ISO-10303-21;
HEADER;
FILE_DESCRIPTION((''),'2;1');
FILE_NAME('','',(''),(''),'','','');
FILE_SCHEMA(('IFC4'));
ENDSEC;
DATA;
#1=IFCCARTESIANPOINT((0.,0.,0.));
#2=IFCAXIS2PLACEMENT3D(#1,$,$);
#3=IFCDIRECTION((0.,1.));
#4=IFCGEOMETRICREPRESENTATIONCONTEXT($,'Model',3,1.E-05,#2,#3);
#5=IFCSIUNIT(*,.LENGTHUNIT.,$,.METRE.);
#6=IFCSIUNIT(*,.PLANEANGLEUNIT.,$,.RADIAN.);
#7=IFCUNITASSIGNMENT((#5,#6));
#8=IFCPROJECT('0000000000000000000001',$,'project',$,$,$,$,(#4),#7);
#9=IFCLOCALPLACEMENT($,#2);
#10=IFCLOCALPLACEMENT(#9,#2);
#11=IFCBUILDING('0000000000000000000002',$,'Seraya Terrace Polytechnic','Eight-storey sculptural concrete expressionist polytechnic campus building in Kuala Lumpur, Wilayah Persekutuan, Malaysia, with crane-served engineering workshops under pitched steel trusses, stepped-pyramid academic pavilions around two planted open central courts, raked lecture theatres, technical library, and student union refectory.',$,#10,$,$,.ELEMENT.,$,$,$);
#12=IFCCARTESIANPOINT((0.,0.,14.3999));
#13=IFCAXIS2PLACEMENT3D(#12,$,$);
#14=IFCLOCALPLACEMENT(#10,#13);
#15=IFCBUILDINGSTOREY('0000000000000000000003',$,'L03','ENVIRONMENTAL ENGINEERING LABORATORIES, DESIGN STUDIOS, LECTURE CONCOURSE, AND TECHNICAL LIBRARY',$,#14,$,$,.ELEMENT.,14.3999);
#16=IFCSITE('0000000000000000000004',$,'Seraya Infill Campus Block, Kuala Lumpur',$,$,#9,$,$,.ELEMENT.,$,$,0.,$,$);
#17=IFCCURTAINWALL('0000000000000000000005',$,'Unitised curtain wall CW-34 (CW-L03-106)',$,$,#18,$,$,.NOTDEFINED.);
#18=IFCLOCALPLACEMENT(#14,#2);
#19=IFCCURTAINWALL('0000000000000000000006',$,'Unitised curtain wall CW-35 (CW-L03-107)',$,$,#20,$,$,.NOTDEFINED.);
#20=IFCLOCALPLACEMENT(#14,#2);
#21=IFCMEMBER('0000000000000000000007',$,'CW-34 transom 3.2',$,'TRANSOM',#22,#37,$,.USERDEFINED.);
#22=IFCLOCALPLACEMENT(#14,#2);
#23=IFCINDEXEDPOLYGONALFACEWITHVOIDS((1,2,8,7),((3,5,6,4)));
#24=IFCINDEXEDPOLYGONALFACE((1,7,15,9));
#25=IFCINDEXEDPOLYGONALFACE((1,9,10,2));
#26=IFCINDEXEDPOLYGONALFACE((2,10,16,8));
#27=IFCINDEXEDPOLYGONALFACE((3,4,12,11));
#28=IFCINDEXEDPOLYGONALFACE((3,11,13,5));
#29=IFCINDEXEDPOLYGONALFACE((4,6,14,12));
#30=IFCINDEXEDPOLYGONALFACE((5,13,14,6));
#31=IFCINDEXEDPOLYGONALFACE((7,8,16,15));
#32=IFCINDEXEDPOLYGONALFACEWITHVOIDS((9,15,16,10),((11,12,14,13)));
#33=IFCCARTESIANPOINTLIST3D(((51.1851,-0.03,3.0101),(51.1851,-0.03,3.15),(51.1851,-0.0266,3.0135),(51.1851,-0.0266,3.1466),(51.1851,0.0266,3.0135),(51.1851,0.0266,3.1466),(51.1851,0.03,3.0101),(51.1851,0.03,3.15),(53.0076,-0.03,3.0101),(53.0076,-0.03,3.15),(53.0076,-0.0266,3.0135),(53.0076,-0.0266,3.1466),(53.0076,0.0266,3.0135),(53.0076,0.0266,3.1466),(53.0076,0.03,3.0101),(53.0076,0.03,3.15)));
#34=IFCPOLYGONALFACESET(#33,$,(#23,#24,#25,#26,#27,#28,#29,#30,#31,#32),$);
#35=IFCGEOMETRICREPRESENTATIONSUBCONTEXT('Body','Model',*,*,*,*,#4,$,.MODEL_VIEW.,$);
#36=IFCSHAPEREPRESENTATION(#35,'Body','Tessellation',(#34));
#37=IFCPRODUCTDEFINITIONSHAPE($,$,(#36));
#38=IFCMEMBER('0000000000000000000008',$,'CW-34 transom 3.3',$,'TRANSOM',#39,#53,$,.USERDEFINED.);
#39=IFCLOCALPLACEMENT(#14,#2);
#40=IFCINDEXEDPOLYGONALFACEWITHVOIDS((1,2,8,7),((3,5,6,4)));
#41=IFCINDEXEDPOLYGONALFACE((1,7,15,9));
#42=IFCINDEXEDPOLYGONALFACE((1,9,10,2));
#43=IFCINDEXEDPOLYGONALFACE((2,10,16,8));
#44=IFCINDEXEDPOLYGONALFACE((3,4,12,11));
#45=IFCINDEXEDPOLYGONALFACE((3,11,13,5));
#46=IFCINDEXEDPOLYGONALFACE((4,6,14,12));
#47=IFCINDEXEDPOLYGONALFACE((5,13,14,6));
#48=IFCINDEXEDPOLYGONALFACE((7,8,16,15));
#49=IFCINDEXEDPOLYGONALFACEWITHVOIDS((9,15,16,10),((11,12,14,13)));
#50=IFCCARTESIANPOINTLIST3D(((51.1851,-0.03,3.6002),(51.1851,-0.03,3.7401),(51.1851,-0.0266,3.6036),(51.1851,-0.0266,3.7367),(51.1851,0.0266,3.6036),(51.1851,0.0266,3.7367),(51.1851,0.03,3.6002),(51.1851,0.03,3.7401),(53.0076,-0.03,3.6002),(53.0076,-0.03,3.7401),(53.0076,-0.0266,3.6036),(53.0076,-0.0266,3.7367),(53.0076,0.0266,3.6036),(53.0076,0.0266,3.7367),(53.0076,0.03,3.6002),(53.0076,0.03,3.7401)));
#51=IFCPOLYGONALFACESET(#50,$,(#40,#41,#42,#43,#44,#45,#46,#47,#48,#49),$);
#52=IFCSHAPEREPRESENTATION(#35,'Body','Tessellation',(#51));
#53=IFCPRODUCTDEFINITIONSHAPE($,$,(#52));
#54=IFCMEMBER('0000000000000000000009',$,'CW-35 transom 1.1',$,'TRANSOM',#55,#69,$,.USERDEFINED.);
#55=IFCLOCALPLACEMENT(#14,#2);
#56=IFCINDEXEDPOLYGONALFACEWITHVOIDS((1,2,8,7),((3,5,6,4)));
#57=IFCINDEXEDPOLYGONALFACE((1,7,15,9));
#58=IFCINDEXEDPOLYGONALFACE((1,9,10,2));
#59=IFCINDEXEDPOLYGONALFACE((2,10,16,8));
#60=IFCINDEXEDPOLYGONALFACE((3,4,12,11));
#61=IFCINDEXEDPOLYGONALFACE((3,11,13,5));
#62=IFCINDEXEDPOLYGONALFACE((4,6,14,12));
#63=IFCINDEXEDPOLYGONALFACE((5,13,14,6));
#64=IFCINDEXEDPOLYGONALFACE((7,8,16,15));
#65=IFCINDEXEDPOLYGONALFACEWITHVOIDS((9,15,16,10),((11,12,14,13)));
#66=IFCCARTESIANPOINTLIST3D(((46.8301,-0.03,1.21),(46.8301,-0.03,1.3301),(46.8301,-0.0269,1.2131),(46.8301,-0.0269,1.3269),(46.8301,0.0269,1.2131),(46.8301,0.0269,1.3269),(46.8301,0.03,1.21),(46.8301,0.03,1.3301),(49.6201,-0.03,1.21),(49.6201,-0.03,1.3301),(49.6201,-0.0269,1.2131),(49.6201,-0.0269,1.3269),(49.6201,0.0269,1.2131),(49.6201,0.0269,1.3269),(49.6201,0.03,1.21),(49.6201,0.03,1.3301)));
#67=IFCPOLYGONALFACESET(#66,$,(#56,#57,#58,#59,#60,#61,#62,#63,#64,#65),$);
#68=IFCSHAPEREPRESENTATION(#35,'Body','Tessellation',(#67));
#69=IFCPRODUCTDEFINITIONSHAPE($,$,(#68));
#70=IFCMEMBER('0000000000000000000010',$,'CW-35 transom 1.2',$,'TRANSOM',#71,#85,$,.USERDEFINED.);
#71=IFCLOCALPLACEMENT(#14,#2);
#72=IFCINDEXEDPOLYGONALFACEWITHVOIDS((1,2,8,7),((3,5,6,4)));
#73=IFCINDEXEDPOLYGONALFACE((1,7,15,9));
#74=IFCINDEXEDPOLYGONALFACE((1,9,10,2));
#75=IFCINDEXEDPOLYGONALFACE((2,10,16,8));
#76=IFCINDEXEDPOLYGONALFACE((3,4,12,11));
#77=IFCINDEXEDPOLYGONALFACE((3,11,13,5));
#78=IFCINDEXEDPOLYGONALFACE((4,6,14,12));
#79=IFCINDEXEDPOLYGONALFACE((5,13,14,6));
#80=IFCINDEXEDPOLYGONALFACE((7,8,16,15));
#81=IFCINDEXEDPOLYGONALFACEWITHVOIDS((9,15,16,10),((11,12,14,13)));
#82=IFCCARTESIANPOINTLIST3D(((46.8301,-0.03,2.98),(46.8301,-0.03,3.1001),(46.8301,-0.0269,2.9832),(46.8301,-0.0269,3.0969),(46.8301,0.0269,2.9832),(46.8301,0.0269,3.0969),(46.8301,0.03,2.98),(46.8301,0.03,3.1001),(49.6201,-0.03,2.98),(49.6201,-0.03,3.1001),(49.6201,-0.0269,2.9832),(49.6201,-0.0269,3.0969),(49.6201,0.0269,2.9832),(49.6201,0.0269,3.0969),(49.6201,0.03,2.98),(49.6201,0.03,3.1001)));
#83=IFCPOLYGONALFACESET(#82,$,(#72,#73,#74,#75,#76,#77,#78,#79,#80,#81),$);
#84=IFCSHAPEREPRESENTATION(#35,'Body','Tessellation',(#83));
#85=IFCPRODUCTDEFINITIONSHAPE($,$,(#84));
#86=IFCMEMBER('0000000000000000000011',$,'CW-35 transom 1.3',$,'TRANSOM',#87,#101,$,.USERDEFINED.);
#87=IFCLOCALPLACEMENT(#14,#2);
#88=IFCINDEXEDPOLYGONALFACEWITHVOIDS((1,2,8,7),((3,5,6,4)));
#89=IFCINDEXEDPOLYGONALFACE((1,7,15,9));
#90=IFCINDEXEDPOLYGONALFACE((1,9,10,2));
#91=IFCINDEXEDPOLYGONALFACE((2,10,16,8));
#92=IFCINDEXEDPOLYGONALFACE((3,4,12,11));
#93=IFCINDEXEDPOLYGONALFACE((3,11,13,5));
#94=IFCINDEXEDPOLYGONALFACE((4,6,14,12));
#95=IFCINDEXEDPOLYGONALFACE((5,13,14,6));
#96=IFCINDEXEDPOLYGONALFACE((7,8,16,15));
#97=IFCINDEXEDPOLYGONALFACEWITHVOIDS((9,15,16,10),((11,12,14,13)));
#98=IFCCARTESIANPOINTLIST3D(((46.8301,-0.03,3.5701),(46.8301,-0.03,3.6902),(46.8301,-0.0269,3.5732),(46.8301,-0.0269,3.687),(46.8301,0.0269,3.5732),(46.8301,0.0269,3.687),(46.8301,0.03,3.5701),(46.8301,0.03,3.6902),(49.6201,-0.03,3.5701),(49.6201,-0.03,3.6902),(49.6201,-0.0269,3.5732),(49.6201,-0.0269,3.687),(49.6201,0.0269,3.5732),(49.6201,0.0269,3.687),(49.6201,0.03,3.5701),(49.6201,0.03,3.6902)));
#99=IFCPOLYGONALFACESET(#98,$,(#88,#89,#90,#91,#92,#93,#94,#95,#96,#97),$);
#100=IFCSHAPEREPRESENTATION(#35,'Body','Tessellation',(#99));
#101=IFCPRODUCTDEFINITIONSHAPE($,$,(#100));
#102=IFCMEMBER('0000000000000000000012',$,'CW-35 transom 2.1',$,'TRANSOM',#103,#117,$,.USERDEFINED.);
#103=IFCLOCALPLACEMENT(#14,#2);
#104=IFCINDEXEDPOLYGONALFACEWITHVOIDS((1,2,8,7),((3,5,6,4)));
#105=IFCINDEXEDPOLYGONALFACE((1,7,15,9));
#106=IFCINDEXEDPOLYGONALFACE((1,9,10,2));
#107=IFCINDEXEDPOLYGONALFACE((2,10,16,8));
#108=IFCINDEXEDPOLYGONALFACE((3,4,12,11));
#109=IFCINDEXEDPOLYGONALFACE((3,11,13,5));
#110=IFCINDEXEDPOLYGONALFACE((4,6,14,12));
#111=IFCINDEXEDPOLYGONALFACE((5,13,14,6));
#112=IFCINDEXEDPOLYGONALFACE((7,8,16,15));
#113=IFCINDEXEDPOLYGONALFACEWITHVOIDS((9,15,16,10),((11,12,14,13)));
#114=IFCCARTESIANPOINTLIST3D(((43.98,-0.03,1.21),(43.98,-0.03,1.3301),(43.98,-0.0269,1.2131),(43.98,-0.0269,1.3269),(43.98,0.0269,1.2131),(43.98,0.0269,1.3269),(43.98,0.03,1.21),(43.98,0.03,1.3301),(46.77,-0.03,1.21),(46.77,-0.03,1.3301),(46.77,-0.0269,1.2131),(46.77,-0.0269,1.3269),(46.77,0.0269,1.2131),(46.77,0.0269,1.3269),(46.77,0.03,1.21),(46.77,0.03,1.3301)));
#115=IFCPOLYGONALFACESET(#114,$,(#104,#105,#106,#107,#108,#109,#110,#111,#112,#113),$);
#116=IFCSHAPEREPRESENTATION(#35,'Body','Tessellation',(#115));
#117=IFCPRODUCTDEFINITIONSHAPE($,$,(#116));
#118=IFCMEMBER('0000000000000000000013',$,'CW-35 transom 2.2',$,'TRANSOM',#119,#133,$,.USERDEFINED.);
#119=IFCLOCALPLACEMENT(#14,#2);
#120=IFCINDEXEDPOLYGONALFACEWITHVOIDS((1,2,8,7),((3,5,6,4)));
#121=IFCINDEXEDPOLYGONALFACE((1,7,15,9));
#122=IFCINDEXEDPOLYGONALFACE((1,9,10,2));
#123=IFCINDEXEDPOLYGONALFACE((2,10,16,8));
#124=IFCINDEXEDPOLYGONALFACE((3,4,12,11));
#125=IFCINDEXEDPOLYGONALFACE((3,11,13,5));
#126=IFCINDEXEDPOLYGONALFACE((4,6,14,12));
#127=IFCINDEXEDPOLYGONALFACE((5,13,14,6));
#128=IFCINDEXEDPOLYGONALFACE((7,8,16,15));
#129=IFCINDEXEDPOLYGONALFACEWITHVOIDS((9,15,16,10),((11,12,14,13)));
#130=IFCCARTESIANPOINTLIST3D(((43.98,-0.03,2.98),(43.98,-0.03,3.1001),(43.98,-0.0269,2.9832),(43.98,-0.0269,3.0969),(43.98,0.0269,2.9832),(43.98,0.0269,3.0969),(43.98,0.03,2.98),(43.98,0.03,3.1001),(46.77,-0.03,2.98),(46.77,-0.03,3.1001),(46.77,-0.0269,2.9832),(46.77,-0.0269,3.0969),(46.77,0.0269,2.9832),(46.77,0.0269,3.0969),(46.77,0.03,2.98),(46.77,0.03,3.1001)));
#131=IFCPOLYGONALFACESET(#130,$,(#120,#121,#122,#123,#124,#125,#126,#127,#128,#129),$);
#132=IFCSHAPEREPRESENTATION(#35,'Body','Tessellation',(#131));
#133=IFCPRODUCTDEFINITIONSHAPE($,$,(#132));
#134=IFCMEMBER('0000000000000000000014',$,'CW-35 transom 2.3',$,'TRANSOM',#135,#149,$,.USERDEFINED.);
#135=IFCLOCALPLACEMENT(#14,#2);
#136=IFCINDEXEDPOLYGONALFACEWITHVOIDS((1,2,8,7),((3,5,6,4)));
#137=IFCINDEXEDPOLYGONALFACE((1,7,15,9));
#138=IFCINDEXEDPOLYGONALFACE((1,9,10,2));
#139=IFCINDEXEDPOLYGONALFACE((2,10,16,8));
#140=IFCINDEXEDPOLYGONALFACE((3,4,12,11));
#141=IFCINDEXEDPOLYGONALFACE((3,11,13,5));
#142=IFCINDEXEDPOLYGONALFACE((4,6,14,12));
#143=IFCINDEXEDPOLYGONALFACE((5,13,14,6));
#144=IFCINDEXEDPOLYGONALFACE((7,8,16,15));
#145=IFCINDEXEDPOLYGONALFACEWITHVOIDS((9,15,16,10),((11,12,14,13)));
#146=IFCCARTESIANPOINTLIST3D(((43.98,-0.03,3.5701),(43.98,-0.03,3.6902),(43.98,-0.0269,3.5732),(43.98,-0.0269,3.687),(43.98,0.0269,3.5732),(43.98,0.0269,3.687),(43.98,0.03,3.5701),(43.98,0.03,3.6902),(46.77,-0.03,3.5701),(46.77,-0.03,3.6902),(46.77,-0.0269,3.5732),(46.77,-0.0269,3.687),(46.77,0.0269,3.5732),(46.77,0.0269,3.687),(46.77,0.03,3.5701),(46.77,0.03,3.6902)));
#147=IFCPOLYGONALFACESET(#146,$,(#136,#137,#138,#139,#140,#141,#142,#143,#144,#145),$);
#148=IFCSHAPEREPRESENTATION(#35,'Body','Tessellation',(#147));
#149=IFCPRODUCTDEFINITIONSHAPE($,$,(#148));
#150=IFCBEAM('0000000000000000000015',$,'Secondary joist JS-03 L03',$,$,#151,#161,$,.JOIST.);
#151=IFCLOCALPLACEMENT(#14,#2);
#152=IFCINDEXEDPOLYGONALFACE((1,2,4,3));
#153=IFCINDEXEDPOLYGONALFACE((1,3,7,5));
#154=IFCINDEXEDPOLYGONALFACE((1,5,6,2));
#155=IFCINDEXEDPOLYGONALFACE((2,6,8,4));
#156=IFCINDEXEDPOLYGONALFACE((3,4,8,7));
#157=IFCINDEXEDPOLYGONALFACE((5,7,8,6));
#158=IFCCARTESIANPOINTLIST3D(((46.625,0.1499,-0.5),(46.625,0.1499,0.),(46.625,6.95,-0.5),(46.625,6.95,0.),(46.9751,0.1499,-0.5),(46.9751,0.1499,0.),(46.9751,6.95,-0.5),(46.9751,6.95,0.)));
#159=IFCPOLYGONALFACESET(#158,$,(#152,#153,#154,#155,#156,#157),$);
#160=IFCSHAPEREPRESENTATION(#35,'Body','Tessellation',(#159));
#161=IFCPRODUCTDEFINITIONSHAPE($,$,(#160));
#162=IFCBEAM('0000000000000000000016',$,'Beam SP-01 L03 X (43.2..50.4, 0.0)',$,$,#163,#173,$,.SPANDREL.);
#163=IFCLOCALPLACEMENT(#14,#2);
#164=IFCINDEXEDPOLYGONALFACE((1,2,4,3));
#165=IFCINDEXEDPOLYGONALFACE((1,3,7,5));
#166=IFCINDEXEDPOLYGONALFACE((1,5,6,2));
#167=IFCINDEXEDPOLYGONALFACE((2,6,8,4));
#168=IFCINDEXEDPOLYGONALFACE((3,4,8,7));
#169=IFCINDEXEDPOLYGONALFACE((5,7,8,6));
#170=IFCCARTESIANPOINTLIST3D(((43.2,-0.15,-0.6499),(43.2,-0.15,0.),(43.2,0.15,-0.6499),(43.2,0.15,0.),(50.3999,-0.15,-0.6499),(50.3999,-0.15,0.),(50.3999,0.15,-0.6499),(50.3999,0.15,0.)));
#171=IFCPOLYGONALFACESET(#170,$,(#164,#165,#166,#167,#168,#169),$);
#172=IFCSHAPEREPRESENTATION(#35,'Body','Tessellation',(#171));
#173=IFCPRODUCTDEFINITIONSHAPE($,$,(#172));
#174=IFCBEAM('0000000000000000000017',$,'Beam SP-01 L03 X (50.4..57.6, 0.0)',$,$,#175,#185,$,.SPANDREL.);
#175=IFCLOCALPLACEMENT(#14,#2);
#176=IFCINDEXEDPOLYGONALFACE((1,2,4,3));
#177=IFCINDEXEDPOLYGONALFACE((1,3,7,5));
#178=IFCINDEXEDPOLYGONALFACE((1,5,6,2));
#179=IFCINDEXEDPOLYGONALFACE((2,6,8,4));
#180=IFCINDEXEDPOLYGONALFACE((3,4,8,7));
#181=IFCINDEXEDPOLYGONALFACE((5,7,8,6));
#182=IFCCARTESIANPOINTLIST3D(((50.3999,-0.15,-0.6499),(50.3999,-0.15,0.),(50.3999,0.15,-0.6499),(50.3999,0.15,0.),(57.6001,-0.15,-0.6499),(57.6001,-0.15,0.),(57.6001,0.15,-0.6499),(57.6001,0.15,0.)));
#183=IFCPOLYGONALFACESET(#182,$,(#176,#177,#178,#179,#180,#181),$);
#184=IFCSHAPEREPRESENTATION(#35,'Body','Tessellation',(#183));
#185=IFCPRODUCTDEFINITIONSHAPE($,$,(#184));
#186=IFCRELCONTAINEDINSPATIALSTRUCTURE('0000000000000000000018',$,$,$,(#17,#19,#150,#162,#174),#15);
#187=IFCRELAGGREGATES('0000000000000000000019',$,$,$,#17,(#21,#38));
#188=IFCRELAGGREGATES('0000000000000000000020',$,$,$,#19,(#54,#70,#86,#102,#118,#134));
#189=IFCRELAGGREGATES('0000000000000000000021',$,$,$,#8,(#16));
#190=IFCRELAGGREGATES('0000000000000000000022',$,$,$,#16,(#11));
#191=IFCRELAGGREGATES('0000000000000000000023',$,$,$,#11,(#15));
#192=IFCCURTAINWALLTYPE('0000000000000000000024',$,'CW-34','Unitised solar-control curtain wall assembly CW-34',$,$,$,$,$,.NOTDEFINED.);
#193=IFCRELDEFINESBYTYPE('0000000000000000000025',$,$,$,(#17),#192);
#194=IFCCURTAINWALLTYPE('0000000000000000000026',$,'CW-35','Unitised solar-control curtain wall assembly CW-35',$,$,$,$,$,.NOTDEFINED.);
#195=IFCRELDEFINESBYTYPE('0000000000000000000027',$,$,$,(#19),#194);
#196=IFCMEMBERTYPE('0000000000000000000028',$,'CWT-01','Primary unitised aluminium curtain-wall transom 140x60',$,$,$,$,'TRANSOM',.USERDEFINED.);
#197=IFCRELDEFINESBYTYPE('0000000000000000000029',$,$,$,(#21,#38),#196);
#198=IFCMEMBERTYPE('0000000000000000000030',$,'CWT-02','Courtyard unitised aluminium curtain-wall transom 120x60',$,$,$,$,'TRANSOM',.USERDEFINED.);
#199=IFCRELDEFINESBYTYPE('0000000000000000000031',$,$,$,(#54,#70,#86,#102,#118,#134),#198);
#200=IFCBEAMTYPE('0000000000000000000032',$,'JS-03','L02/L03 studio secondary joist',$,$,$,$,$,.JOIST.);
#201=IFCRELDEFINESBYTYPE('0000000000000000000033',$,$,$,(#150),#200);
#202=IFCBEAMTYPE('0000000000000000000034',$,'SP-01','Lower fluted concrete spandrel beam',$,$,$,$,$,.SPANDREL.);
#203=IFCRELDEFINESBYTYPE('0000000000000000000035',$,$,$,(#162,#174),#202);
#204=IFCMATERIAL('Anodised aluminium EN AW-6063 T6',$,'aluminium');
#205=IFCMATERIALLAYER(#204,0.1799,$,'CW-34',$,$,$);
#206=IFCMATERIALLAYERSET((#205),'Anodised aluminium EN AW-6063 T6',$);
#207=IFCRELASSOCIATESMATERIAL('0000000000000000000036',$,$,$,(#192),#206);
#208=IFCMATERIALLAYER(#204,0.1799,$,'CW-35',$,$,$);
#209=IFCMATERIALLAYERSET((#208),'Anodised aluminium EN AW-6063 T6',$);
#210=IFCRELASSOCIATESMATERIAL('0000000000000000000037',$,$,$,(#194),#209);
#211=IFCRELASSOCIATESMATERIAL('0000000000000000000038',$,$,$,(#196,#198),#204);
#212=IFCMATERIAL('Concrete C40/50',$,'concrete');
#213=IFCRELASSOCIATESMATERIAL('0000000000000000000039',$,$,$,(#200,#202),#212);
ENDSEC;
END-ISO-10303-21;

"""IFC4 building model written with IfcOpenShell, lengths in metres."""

from ifc_helpers import new_model, si_unit, direction, frame, origin, origin_2d, place, context, subcontext, project, spatial, rectangle, hollow_rectangle, extrude, material, layer, layer_set, material_profile, profile_set, type_object, element, aggregate, save


model = new_model("IFC4")

# Units and contexts
model_context = context("Model", 3, precision=1e-05, world=origin(), true_north=direction((0.0, 1.0)))
body_context = subcontext(model_context, "Body", "Model", "MODEL_VIEW")
ifc_project = project(units=[si_unit("LENGTHUNIT", "METRE"), si_unit("PLANEANGLEUNIT", "RADIAN")], contexts=[model_context])

# Site, building, storey
site_placement = place(None, origin())
site = spatial("IfcSite", under=ifc_project, at=site_placement, Name="Seraya Infill Campus Block, Kuala Lumpur", CompositionType="ELEMENT", RefElevation=0.0)
building_placement = place(site_placement, origin())
building = spatial("IfcBuilding", under=site, at=building_placement, Name="Seraya Terrace Polytechnic", Description="Eight-storey sculptural concrete expressionist polytechnic campus building in Kuala Lumpur, Wilayah Persekutuan, Malaysia, with crane-served engineering workshops under pitched steel trusses, stepped-pyramid academic pavilions around two planted open central courts, raked lecture theatres, technical library, and student union refectory.", CompositionType="ELEMENT")
storey_placement = place(building_placement, frame((0.0, 0.0, 14.3999)))
storey = spatial("IfcBuildingStorey", under=building, at=storey_placement, Name="L03", Description="ENVIRONMENTAL ENGINEERING LABORATORIES, DESIGN STUDIOS, LECTURE CONCOURSE, AND TECHNICAL LIBRARY", CompositionType="ELEMENT", Elevation=14.3999)

# Shared definitions
ifc_material_1 = material(Name="Concrete C40/50", Category="concrete")

# Curtain walls
ifc_material_2 = material(Name="Anodised aluminium EN AW-6063 T6", Category="aluminium")
ifc_layer_1 = layer(ifc_material_2, 0.1799, Name="CW-34")
ifc_layer_set_1 = layer_set([ifc_layer_1], Name="Anodised aluminium EN AW-6063 T6")
curtain_wall_type_1 = type_object("IfcCurtainWallType", Name="CW-34", Description="Unitised solar-control curtain wall assembly CW-34", PredefinedType="NOTDEFINED", material=ifc_layer_set_1)
curtain_wall_1_placement = place(storey_placement, origin())
curtain_wall_1 = element("IfcCurtainWall", 1, at=curtain_wall_1_placement, inside=storey, type_object=curtain_wall_type_1, Name="Unitised curtain wall CW-34 (CW-L03-106)", PredefinedType="NOTDEFINED")
ifc_layer_2 = layer(ifc_material_2, 0.1799, Name="CW-35")
ifc_layer_set_2 = layer_set([ifc_layer_2], Name="Anodised aluminium EN AW-6063 T6")
curtain_wall_type_2 = type_object("IfcCurtainWallType", Name="CW-35", Description="Unitised solar-control curtain wall assembly CW-35", PredefinedType="NOTDEFINED", material=ifc_layer_set_2)
curtain_wall_2_placement = place(storey_placement, origin())
curtain_wall_2 = element("IfcCurtainWall", 2, at=curtain_wall_2_placement, inside=storey, type_object=curtain_wall_type_2, Name="Unitised curtain wall CW-35 (CW-L03-107)", PredefinedType="NOTDEFINED")

# Members
ifc_material_profile_1 = material_profile(ifc_material_2, hollow_rectangle(XDim=0.0601, YDim=0.1399, WallThickness=0.0034, at=origin_2d()), Name="RHS 140x60x3.5")
ifc_profile_set_1 = profile_set([ifc_material_profile_1], Name="Anodised aluminium EN AW-6063 T6")
member_type_1 = type_object("IfcMemberType", Name="CWT-01", Description="Primary unitised aluminium curtain-wall transom 140x60", ElementType="TRANSOM", PredefinedType="USERDEFINED", material=ifc_profile_set_1)
member_1_placement = place(storey_placement, frame((53.0076, 0.0, 3.0801), z_axis=(-1.0, 0.0, 0.0), x_axis=(0.0, -1.0, 0.0)))
member_1 = element("IfcMember", 3, at=member_1_placement, type_object=member_type_1, Name="CW-34 transom 3.2", ObjectType="TRANSOM", PredefinedType="USERDEFINED", context=body_context, shape_type="SweptSolid", body=[
    extrude(hollow_rectangle(XDim=0.0601, YDim=0.1399, WallThickness=0.0034, at=origin_2d()), origin(), (0.0, 0.0, 1.0), 1.8225),
])
member_2_placement = place(storey_placement, frame((53.0076, 0.0, 3.6702), z_axis=(-1.0, 0.0, 0.0), x_axis=(0.0, -1.0, 0.0)))
member_2 = element("IfcMember", 4, at=member_2_placement, type_object=member_type_1, Name="CW-34 transom 3.3", ObjectType="TRANSOM", PredefinedType="USERDEFINED", context=body_context, shape_type="SweptSolid", body=[
    extrude(hollow_rectangle(XDim=0.0601, YDim=0.1399, WallThickness=0.0034, at=origin_2d()), origin(), (0.0, 0.0, 1.0), 1.8225),
])
ifc_material_profile_2 = material_profile(ifc_material_2, hollow_rectangle(XDim=0.0601, YDim=0.1201, WallThickness=0.0032, at=origin_2d()), Name="RHS 120x60x3.2")
ifc_profile_set_2 = profile_set([ifc_material_profile_2], Name="Anodised aluminium EN AW-6063 T6")
member_type_2 = type_object("IfcMemberType", Name="CWT-02", Description="Courtyard unitised aluminium curtain-wall transom 120x60", ElementType="TRANSOM", PredefinedType="USERDEFINED", material=ifc_profile_set_2)
member_3_placement = place(storey_placement, frame((49.6201, 0.0, 1.27), z_axis=(-1.0, 0.0, 0.0), x_axis=(0.0, -1.0, 0.0)))
member_3 = element("IfcMember", 5, at=member_3_placement, type_object=member_type_2, Name="CW-35 transom 1.1", ObjectType="TRANSOM", PredefinedType="USERDEFINED", context=body_context, shape_type="SweptSolid", body=[
    extrude(hollow_rectangle(XDim=0.0601, YDim=0.1201, WallThickness=0.0032, at=origin_2d()), origin(), (0.0, 0.0, 1.0), 2.79),
])
member_4_placement = place(storey_placement, frame((49.6201, 0.0, 3.04), z_axis=(-1.0, 0.0, 0.0), x_axis=(0.0, -1.0, 0.0)))
member_4 = element("IfcMember", 6, at=member_4_placement, type_object=member_type_2, Name="CW-35 transom 1.2", ObjectType="TRANSOM", PredefinedType="USERDEFINED", context=body_context, shape_type="SweptSolid", body=[
    extrude(hollow_rectangle(XDim=0.0601, YDim=0.1201, WallThickness=0.0032, at=origin_2d()), origin(), (0.0, 0.0, 1.0), 2.79),
])
member_5_placement = place(storey_placement, frame((49.6201, 0.0, 3.6301), z_axis=(-1.0, 0.0, 0.0), x_axis=(0.0, -1.0, 0.0)))
member_5 = element("IfcMember", 7, at=member_5_placement, type_object=member_type_2, Name="CW-35 transom 1.3", ObjectType="TRANSOM", PredefinedType="USERDEFINED", context=body_context, shape_type="SweptSolid", body=[
    extrude(hollow_rectangle(XDim=0.0601, YDim=0.1201, WallThickness=0.0032, at=origin_2d()), origin(), (0.0, 0.0, 1.0), 2.79),
])
member_6_placement = place(storey_placement, frame((46.77, 0.0, 1.27), z_axis=(-1.0, 0.0, 0.0), x_axis=(0.0, -1.0, 0.0)))
member_6 = element("IfcMember", 8, at=member_6_placement, type_object=member_type_2, Name="CW-35 transom 2.1", ObjectType="TRANSOM", PredefinedType="USERDEFINED", context=body_context, shape_type="SweptSolid", body=[
    extrude(hollow_rectangle(XDim=0.0601, YDim=0.1201, WallThickness=0.0032, at=origin_2d()), origin(), (0.0, 0.0, 1.0), 2.79),
])
member_7_placement = place(storey_placement, frame((46.77, 0.0, 3.04), z_axis=(-1.0, 0.0, 0.0), x_axis=(0.0, -1.0, 0.0)))
member_7 = element("IfcMember", 9, at=member_7_placement, type_object=member_type_2, Name="CW-35 transom 2.2", ObjectType="TRANSOM", PredefinedType="USERDEFINED", context=body_context, shape_type="SweptSolid", body=[
    extrude(hollow_rectangle(XDim=0.0601, YDim=0.1201, WallThickness=0.0032, at=origin_2d()), origin(), (0.0, 0.0, 1.0), 2.79),
])
member_8_placement = place(storey_placement, frame((46.77, 0.0, 3.6301), z_axis=(-1.0, 0.0, 0.0), x_axis=(0.0, -1.0, 0.0)))
member_8 = element("IfcMember", 10, at=member_8_placement, type_object=member_type_2, Name="CW-35 transom 2.3", ObjectType="TRANSOM", PredefinedType="USERDEFINED", context=body_context, shape_type="SweptSolid", body=[
    extrude(hollow_rectangle(XDim=0.0601, YDim=0.1201, WallThickness=0.0032, at=origin_2d()), origin(), (0.0, 0.0, 1.0), 2.79),
])

# Beams
ifc_material_profile_3 = material_profile(ifc_material_1, rectangle(XDim=0.3501, YDim=0.5, at=origin_2d()), Name="RC 350x500")
ifc_profile_set_3 = profile_set([ifc_material_profile_3], Name="Concrete C40/50")
beam_type_1 = type_object("IfcBeamType", Name="JS-03", Description="L02/L03 studio secondary joist", PredefinedType="JOIST", material=ifc_profile_set_3)
beam_1_placement = place(storey_placement, frame((46.8, 0.1499, -0.25), z_axis=(0.0, 1.0, 0.0), x_axis=(-1.0, 0.0, 0.0)))
element("IfcBeam", 11, at=beam_1_placement, inside=storey, type_object=beam_type_1, Name="Secondary joist JS-03 L03", PredefinedType="JOIST", context=body_context, shape_type="SweptSolid", body=[
    extrude(rectangle(XDim=0.3501, YDim=0.5, at=origin_2d()), origin(), (0.0, 0.0, 1.0), 6.8),
])
ifc_material_profile_4 = material_profile(ifc_material_1, rectangle(XDim=0.3, YDim=0.6499, at=origin_2d()), Name="RC 300x650")
ifc_profile_set_4 = profile_set([ifc_material_profile_4], Name="Concrete C40/50")
beam_type_2 = type_object("IfcBeamType", Name="SP-01", Description="Lower fluted concrete spandrel beam", PredefinedType="SPANDREL", material=ifc_profile_set_4)
beam_2_placement = place(storey_placement, frame((43.2, 0.0, -0.325), z_axis=(1.0, 0.0, 0.0), x_axis=(0.0, 1.0, 0.0)))
element("IfcBeam", 12, at=beam_2_placement, inside=storey, type_object=beam_type_2, Name="Beam SP-01 L03 X (43.2..50.4, 0.0)", PredefinedType="SPANDREL", context=body_context, shape_type="SweptSolid", body=[
    extrude(rectangle(XDim=0.3, YDim=0.6499, at=origin_2d()), origin(), (0.0, 0.0, 1.0), 7.2),
])
beam_3_placement = place(storey_placement, frame((50.3999, 0.0, -0.325), z_axis=(1.0, 0.0, 0.0), x_axis=(0.0, 1.0, 0.0)))
element("IfcBeam", 13, at=beam_3_placement, inside=storey, type_object=beam_type_2, Name="Beam SP-01 L03 X (50.4..57.6, 0.0)", PredefinedType="SPANDREL", context=body_context, shape_type="SweptSolid", body=[
    extrude(rectangle(XDim=0.3, YDim=0.6499, at=origin_2d()), origin(), (0.0, 0.0, 1.0), 7.2002),
])

aggregate(curtain_wall_1, [member_1, member_2])
aggregate(curtain_wall_2, [member_3, member_4, member_5, member_6, member_7, member_8])

save(model, "model.ifc")
